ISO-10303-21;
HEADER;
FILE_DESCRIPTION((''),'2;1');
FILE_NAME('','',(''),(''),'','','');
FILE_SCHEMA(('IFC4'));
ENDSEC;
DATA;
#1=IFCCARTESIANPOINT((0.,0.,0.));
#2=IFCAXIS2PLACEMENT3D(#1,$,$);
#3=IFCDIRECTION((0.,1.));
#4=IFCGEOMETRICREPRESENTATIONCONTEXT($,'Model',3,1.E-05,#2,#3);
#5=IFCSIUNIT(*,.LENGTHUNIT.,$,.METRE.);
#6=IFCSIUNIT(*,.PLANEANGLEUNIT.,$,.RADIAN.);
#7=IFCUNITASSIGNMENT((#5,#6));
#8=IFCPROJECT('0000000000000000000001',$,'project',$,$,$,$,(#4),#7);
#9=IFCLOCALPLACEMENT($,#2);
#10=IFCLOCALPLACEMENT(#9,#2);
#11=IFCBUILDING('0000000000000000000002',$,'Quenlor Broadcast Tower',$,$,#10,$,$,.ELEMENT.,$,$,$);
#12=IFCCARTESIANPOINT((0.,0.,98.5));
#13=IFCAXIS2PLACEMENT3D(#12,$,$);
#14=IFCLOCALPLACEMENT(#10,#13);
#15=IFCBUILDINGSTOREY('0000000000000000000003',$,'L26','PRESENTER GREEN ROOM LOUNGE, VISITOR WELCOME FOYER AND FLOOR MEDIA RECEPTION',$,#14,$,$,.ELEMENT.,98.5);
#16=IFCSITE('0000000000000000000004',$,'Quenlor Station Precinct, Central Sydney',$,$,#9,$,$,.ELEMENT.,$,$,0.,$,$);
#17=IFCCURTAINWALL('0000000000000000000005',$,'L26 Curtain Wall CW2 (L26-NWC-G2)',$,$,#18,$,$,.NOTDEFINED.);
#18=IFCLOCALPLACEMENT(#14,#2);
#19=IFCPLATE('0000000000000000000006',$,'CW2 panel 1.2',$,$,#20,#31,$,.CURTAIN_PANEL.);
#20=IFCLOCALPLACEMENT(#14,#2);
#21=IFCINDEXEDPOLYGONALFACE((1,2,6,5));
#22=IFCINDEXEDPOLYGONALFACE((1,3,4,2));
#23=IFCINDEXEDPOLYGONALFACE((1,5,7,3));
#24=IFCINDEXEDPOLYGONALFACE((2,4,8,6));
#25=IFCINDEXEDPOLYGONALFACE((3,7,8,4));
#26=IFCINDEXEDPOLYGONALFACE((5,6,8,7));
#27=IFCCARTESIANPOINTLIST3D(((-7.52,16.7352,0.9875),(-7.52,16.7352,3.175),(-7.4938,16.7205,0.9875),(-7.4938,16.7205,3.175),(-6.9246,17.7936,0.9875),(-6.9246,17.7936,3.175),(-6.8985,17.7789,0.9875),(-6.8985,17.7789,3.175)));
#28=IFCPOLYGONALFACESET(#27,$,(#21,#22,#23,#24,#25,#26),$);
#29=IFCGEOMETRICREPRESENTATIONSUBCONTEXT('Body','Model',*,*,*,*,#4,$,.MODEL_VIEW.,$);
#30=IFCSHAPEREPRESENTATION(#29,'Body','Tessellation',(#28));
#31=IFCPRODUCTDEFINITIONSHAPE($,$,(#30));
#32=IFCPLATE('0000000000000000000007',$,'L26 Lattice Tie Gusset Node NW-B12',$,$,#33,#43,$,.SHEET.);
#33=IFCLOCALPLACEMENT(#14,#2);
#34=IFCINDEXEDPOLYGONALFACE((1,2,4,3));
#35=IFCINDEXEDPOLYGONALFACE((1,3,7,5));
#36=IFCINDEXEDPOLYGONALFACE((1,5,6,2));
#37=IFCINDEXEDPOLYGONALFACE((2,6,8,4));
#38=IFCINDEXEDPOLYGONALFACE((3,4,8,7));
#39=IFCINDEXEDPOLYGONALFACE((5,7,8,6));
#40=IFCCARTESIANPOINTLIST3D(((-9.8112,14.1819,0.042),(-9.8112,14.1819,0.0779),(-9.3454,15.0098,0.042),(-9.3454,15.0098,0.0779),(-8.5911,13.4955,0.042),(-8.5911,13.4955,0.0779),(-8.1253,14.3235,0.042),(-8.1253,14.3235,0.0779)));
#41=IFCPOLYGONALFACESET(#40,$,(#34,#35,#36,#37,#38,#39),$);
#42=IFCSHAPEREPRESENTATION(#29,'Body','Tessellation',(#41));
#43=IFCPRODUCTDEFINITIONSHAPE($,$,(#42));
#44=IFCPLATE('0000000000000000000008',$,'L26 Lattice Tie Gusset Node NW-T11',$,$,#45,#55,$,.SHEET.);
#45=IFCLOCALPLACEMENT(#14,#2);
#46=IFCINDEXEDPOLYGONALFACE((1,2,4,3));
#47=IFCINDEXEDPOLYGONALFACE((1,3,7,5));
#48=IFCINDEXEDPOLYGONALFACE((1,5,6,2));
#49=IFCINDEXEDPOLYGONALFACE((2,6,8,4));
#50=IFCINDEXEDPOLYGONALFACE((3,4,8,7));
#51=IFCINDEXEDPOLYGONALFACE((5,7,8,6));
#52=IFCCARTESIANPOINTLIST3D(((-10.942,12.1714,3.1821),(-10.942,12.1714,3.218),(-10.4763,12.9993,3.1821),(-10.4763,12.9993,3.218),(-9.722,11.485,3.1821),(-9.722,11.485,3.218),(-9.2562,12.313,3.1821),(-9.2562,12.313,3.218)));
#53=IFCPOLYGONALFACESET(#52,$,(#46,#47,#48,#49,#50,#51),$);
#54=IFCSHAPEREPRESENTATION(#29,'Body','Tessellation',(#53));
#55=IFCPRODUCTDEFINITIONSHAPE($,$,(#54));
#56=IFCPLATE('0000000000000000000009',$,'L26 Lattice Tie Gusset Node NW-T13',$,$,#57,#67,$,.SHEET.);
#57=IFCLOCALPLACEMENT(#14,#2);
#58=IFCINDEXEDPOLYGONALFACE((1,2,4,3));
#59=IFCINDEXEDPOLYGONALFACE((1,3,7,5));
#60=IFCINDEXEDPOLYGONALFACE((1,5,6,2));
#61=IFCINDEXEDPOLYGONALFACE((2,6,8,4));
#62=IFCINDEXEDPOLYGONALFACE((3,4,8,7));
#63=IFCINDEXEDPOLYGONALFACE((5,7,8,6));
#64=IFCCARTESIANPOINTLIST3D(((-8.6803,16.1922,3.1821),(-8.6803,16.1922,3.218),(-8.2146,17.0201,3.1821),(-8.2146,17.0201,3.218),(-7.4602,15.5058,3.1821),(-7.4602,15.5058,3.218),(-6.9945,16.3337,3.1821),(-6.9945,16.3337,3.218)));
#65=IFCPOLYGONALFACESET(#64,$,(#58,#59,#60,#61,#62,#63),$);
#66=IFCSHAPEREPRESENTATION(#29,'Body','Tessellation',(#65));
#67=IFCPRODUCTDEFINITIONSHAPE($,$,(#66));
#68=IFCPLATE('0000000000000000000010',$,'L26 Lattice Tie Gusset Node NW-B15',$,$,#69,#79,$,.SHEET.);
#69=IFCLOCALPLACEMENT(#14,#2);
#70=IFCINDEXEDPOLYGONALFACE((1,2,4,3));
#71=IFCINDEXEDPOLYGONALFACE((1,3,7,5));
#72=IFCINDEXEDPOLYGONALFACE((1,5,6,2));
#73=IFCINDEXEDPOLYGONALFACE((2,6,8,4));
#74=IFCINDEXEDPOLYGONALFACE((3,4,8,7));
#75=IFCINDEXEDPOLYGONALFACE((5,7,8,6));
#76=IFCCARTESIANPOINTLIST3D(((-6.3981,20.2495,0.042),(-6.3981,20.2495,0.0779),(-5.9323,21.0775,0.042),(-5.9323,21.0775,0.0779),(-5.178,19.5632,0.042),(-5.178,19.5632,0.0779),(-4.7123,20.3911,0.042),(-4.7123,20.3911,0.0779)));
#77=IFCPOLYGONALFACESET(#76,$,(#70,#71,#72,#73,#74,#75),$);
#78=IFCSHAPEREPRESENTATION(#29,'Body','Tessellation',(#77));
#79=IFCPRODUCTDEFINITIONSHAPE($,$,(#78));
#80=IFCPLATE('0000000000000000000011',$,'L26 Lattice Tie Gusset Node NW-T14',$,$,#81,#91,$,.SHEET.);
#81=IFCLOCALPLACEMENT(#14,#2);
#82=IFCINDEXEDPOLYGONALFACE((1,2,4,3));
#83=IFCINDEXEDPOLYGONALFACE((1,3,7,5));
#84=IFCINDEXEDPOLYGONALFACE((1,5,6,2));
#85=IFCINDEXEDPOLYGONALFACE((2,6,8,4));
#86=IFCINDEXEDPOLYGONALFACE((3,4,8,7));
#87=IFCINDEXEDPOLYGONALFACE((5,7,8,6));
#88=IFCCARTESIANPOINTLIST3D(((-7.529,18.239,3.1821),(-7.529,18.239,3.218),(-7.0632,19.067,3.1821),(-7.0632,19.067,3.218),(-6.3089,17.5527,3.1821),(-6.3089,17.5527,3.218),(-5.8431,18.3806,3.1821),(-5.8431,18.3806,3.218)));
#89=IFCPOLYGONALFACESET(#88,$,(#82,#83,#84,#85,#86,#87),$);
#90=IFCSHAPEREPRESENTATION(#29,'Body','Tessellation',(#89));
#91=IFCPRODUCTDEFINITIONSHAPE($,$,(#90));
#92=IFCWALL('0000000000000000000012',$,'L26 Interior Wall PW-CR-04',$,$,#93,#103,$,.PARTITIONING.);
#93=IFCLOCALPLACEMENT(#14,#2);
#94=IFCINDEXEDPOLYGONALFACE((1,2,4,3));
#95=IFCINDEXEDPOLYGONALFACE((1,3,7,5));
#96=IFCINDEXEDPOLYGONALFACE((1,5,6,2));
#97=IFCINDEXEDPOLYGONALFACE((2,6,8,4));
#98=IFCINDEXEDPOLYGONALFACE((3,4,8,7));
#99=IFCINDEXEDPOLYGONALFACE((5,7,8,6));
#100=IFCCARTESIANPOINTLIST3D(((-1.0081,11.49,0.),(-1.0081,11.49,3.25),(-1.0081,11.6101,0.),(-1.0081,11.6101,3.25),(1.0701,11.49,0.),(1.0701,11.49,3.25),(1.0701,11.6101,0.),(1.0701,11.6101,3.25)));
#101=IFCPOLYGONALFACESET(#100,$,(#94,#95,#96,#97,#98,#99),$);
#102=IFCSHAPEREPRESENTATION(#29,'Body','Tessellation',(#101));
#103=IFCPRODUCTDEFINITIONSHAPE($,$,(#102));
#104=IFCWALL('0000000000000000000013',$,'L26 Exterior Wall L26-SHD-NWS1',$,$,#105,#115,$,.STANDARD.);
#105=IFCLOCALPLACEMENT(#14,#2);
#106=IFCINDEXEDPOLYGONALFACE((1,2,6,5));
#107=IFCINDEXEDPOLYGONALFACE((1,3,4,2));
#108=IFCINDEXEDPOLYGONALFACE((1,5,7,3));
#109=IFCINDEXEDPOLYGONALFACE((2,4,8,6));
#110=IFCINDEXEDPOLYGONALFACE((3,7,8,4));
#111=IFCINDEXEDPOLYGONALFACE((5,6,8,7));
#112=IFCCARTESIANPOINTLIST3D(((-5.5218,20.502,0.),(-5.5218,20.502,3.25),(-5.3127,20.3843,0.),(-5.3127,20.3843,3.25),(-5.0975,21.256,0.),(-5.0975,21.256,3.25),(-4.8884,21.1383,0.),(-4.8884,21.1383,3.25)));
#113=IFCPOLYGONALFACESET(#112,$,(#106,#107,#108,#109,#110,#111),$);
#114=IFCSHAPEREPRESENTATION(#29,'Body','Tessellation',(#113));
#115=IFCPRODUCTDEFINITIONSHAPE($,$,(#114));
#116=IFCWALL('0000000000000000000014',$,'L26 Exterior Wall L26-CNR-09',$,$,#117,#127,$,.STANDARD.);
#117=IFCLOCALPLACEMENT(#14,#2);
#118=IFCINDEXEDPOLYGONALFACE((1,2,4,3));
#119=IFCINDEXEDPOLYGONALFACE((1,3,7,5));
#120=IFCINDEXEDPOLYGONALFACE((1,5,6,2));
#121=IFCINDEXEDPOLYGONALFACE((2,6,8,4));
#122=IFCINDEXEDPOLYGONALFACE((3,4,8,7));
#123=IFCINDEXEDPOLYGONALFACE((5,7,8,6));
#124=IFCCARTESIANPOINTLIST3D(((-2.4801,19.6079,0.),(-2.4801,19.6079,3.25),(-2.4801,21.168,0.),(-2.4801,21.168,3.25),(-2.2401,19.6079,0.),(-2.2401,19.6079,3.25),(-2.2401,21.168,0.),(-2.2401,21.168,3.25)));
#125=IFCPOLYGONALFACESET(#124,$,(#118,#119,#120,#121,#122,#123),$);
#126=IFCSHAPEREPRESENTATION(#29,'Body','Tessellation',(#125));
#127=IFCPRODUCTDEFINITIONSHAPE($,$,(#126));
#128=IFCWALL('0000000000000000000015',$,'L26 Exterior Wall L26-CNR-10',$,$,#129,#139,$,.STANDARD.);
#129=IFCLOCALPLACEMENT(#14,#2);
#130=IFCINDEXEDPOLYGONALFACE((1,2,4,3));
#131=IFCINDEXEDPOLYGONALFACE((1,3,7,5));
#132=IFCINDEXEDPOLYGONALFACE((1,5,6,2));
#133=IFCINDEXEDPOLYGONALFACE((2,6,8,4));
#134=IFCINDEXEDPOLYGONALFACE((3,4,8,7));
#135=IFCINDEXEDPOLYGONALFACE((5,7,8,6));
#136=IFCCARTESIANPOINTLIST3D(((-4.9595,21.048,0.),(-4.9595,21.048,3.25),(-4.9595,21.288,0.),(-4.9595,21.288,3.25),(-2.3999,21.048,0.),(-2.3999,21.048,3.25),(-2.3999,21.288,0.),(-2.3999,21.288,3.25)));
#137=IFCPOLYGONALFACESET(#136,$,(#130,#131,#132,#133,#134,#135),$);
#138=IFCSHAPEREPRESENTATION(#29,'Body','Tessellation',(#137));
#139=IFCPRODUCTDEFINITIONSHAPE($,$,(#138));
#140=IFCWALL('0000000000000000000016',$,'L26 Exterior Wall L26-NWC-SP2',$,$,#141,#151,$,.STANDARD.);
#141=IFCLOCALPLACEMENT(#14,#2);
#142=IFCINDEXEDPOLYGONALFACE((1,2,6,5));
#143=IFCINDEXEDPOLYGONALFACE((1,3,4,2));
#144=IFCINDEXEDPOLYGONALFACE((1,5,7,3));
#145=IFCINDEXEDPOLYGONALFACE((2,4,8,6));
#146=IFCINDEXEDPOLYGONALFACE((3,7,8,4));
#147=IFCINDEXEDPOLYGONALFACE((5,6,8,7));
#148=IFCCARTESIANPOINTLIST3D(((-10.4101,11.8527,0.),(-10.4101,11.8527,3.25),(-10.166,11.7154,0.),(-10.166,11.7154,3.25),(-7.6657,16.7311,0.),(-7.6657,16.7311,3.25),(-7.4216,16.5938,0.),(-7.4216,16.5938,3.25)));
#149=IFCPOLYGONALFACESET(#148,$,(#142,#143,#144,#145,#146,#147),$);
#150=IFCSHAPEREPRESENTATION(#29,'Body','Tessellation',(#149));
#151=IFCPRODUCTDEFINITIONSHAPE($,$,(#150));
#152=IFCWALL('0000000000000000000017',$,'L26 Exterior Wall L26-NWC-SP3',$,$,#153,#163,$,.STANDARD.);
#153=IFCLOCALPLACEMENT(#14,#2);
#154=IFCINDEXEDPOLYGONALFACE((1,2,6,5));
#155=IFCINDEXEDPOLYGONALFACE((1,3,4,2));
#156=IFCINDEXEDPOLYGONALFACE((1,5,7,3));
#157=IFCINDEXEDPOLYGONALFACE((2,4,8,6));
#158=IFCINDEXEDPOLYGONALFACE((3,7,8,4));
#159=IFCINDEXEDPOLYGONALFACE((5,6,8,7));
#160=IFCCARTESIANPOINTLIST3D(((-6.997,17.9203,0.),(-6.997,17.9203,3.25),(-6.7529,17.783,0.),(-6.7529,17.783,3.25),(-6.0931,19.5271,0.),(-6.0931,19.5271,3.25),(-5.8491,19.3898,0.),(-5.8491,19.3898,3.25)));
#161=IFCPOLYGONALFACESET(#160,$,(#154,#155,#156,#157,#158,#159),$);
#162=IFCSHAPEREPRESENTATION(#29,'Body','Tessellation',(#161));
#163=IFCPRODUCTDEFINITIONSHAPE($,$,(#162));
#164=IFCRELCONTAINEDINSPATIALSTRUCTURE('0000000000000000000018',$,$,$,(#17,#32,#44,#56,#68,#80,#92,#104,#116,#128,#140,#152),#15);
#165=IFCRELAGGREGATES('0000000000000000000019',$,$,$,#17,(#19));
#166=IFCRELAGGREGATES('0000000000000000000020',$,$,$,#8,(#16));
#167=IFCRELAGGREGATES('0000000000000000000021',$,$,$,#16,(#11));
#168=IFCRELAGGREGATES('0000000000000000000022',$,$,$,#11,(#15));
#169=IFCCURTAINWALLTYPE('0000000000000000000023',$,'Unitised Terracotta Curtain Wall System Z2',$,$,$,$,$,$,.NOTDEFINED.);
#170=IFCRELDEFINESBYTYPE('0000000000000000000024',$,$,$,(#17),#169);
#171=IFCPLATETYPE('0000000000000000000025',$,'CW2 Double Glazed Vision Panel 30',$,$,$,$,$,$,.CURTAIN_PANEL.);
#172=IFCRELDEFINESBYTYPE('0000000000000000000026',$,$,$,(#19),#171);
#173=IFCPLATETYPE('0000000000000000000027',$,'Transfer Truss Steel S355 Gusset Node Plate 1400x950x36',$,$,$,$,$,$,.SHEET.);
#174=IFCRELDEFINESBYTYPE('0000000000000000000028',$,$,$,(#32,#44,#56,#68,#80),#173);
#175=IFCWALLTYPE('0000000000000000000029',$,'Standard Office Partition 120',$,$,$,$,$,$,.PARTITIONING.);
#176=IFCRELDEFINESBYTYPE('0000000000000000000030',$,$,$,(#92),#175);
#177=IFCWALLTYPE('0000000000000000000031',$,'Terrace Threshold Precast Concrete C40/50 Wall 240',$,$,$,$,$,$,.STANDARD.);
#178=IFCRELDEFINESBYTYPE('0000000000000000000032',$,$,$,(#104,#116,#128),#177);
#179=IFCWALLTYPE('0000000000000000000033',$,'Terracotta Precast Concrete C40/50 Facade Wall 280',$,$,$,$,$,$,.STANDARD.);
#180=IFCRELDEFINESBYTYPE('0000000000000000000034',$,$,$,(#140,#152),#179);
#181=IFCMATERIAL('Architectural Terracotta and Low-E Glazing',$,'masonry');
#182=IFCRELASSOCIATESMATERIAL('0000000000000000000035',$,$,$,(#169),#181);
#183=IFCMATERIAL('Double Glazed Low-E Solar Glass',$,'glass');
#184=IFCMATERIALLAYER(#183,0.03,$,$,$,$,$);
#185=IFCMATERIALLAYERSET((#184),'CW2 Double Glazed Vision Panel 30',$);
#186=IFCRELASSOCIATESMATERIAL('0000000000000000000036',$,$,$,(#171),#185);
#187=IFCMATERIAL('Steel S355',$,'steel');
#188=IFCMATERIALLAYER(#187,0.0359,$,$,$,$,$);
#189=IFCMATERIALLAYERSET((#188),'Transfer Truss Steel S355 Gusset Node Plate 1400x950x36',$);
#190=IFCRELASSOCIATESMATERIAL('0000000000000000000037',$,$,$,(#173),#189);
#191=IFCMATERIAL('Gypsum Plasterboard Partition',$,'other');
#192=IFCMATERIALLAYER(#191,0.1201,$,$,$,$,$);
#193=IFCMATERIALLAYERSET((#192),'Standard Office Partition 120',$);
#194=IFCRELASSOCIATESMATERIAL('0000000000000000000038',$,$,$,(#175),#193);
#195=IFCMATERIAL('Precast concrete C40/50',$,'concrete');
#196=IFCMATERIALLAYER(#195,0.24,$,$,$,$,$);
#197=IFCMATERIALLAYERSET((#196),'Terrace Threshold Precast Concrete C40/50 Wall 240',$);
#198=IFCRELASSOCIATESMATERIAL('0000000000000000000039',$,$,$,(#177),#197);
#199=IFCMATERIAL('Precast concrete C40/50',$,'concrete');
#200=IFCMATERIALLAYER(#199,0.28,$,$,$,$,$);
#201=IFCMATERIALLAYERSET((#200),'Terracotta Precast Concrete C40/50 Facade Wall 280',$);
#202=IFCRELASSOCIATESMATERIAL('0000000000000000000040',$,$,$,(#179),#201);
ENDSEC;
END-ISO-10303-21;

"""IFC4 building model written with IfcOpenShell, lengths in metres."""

from ifc_helpers import new_model, si_unit, direction, frame, frame_2d, origin, origin_2d, place, context, subcontext, project, spatial, rectangle, extrude, material, layer, layer_set, type_object, element, aggregate, save


model = new_model("IFC4")

# Units and contexts
model_context = context("Model", 3, precision=1e-05, world=origin(), true_north=direction((0.0, 1.0)))
body_context = subcontext(model_context, "Body", "Model", "MODEL_VIEW")
ifc_project = project(units=[si_unit("LENGTHUNIT", "METRE"), si_unit("PLANEANGLEUNIT", "RADIAN")], contexts=[model_context])

# Site, building, storey
site_placement = place(None, origin())
site = spatial("IfcSite", under=ifc_project, at=site_placement, Name="Quenlor Station Precinct, Central Sydney", CompositionType="ELEMENT", RefElevation=0.0)
building_placement = place(site_placement, origin())
building = spatial("IfcBuilding", under=site, at=building_placement, Name="Quenlor Broadcast Tower", CompositionType="ELEMENT")
storey_placement = place(building_placement, frame((0.0, 0.0, 98.5)))
storey = spatial("IfcBuildingStorey", under=building, at=storey_placement, Name="L26", Description="PRESENTER GREEN ROOM LOUNGE, VISITOR WELCOME FOYER AND FLOOR MEDIA RECEPTION", CompositionType="ELEMENT", Elevation=98.5)

# Shared definitions
ifc_material_1 = material(Name="Architectural Terracotta and Low-E Glazing", Category="masonry")
curtain_wall_type = type_object("IfcCurtainWallType", Name="Unitised Terracotta Curtain Wall System Z2", PredefinedType="NOTDEFINED", material=ifc_material_1)

# Curtain wall
curtain_wall_1_placement = place(storey_placement, origin())
curtain_wall_1 = element("IfcCurtainWall", 1, at=curtain_wall_1_placement, inside=storey, type_object=curtain_wall_type, Name="L26 Curtain Wall CW2 (L26-NWC-G2)", PredefinedType="NOTDEFINED")

# Plate
ifc_material_2 = material(Name="Double Glazed Low-E Solar Glass", Category="glass")
ifc_layer_1 = layer(ifc_material_2, 0.03)
ifc_layer_set_1 = layer_set([ifc_layer_1], Name="CW2 Double Glazed Vision Panel 30")
plate_type_1 = type_object("IfcPlateType", Name="CW2 Double Glazed Vision Panel 30", PredefinedType="CURTAIN_PANEL", material=ifc_layer_set_1)
plate_1_placement = place(storey_placement, frame((-7.2092, 17.2571, 0.9875), z_axis=(0.0, 0.0, 1.0), x_axis=(0.490247, 0.871583, 0.0)))
plate_1 = element("IfcPlate", 2, at=plate_1_placement, type_object=plate_type_1, Name="CW2 panel 1.2", PredefinedType="CURTAIN_PANEL", context=body_context, shape_type="SweptSolid", body=[
    extrude(rectangle(XDim=1.2144, YDim=0.03, at=origin_2d()), origin(), (0.0, 0.0, 1.0), 2.1875),
])
aggregate(curtain_wall_1, [plate_1])

# Plates
ifc_material_3 = material(Name="Steel S355", Category="steel")
ifc_layer_2 = layer(ifc_material_3, 0.0359)
ifc_layer_set_2 = layer_set([ifc_layer_2], Name="Transfer Truss Steel S355 Gusset Node Plate 1400x950x36")
plate_type_2 = type_object("IfcPlateType", Name="Transfer Truss Steel S355 Gusset Node Plate 1400x950x36", PredefinedType="SHEET", material=ifc_layer_set_2)
for number, where, z_axis, x_axis, name in (
    (3, (-8.9683, 14.2527, 0.042), (0.0, 0.0, 1.0), (-0.871556, 0.490295, 0.0), "L26 Lattice Tie Gusset Node NW-B12"),
    (4, (-10.0991, 12.2422, 3.1821), (0.0, 0.0, 1.0), (-0.871556, 0.490295, 0.0), "L26 Lattice Tie Gusset Node NW-T11"),
    (5, (-7.8374, 16.2629, 3.1821), (0.0, 0.0, 1.0), (-0.871556, 0.490295, 0.0), "L26 Lattice Tie Gusset Node NW-T13"),
    (6, (-5.5552, 20.3203, 0.042), (0.0, 0.0, 1.0), (-0.871556, 0.490295, 0.0), "L26 Lattice Tie Gusset Node NW-B15"),
    (7, (-6.686, 18.3098, 3.1821), (0.0, 0.0, 1.0), (-0.871556, 0.490295, 0.0), "L26 Lattice Tie Gusset Node NW-T14"),
):
    element("IfcPlate", number, at=place(storey_placement, frame(where, z_axis=z_axis, x_axis=x_axis)), inside=storey, type_object=plate_type_2, Name=name, PredefinedType="SHEET", context=body_context, shape_type="SweptSolid", body=[
        extrude(rectangle(XDim=1.3999, YDim=0.95, at=origin_2d()), origin(), (0.0, 0.0, 1.0), 0.0359),
    ])

# Walls
ifc_material_4 = material(Name="Gypsum Plasterboard Partition", Category="other")
ifc_layer_3 = layer(ifc_material_4, 0.1201)
ifc_layer_set_3 = layer_set([ifc_layer_3], Name="Standard Office Partition 120")
wall_type_1 = type_object("IfcWallType", Name="Standard Office Partition 120", PredefinedType="PARTITIONING", material=ifc_layer_set_3)
wall_1_placement = place(storey_placement, frame((-1.0081, 11.55, 0.0), z_axis=(0.0, 0.0, 1.0), x_axis=(1.0, 0.0, 0.0)))
element("IfcWall", 8, at=wall_1_placement, inside=storey, type_object=wall_type_1, Name="L26 Interior Wall PW-CR-04", PredefinedType="PARTITIONING", context=body_context, shape_type="SweptSolid", body=[
    extrude(rectangle(XDim=2.0781, YDim=0.1201, at=frame_2d((1.0391, 0.0))), origin(), (0.0, 0.0, 1.0), 3.25),
])
ifc_material_5 = material(Name="Precast concrete C40/50", Category="concrete")
ifc_layer_4 = layer(ifc_material_5, 0.24)
ifc_layer_set_4 = layer_set([ifc_layer_4], Name="Terrace Threshold Precast Concrete C40/50 Wall 240")
wall_type_2 = type_object("IfcWallType", Name="Terrace Threshold Precast Concrete C40/50 Wall 240", PredefinedType="STANDARD", material=ifc_layer_set_4)
wall_2_placement = place(storey_placement, frame((-5.4172, 20.4431, 0.0), z_axis=(0.0, 0.0, 1.0), x_axis=(0.490355, 0.871523, 0.0)))
element("IfcWall", 9, at=wall_2_placement, inside=storey, type_object=wall_type_2, Name="L26 Exterior Wall L26-SHD-NWS1", PredefinedType="STANDARD", context=body_context, shape_type="SweptSolid", body=[
    extrude(rectangle(XDim=0.8652, YDim=0.24, at=frame_2d((0.4326, 0.0))), origin(), (0.0, 0.0, 1.0), 3.25),
])
wall_3_placement = place(storey_placement, frame((-2.3601, 19.6079, 0.0), z_axis=(0.0, 0.0, 1.0), x_axis=(0.0, 1.0, 0.0)))
element("IfcWall", 10, at=wall_3_placement, inside=storey, type_object=wall_type_2, Name="L26 Exterior Wall L26-CNR-09", PredefinedType="STANDARD", context=body_context, shape_type="SweptSolid", body=[
    extrude(rectangle(XDim=1.5601, YDim=0.24, at=frame_2d((0.78, 0.0))), origin(), (0.0, 0.0, 1.0), 3.25),
])
wall_4_placement = place(storey_placement, frame((-2.3999, 21.168, 0.0), z_axis=(0.0, 0.0, 1.0), x_axis=(-1.0, 0.0, 0.0)))
element("IfcWall", 11, at=wall_4_placement, inside=storey, type_object=wall_type_2, Name="L26 Exterior Wall L26-CNR-10", PredefinedType="STANDARD", context=body_context, shape_type="SweptSolid", body=[
    extrude(rectangle(XDim=2.5596, YDim=0.24, at=frame_2d((1.2798, 0.0))), origin(), (0.0, 0.0, 1.0), 3.25),
])
ifc_material_6 = material(Name="Precast concrete C40/50", Category="concrete")
ifc_layer_5 = layer(ifc_material_6, 0.28)
ifc_layer_set_5 = layer_set([ifc_layer_5], Name="Terracotta Precast Concrete C40/50 Facade Wall 280")
wall_type_3 = type_object("IfcWallType", Name="Terracotta Precast Concrete C40/50 Facade Wall 280", PredefinedType="STANDARD", material=ifc_layer_set_5)
wall_5_placement = place(storey_placement, frame((-10.2881, 11.7839, 0.0), z_axis=(0.0, 0.0, 1.0), x_axis=(0.490299, 0.871555, 0.0)))
element("IfcWall", 12, at=wall_5_placement, inside=storey, type_object=wall_type_3, Name="L26 Exterior Wall L26-NWC-SP2", PredefinedType="STANDARD", context=body_context, shape_type="SweptSolid", body=[
    extrude(rectangle(XDim=5.5974, YDim=0.28, at=frame_2d((2.7988, 0.0))), origin(), (0.0, 0.0, 1.0), 3.25),
])
wall_6_placement = place(storey_placement, frame((-6.875, 17.8516, 0.0), z_axis=(0.0, 0.0, 1.0), x_axis=(0.49028, 0.871565, 0.0)))
element("IfcWall", 13, at=wall_6_placement, inside=storey, type_object=wall_type_3, Name="L26 Exterior Wall L26-NWC-SP3", PredefinedType="STANDARD", context=body_context, shape_type="SweptSolid", body=[
    extrude(rectangle(XDim=1.8435, YDim=0.28, at=frame_2d((0.9219, 0.0))), origin(), (0.0, 0.0, 1.0), 3.25),
])

save(model, "model.ifc")
